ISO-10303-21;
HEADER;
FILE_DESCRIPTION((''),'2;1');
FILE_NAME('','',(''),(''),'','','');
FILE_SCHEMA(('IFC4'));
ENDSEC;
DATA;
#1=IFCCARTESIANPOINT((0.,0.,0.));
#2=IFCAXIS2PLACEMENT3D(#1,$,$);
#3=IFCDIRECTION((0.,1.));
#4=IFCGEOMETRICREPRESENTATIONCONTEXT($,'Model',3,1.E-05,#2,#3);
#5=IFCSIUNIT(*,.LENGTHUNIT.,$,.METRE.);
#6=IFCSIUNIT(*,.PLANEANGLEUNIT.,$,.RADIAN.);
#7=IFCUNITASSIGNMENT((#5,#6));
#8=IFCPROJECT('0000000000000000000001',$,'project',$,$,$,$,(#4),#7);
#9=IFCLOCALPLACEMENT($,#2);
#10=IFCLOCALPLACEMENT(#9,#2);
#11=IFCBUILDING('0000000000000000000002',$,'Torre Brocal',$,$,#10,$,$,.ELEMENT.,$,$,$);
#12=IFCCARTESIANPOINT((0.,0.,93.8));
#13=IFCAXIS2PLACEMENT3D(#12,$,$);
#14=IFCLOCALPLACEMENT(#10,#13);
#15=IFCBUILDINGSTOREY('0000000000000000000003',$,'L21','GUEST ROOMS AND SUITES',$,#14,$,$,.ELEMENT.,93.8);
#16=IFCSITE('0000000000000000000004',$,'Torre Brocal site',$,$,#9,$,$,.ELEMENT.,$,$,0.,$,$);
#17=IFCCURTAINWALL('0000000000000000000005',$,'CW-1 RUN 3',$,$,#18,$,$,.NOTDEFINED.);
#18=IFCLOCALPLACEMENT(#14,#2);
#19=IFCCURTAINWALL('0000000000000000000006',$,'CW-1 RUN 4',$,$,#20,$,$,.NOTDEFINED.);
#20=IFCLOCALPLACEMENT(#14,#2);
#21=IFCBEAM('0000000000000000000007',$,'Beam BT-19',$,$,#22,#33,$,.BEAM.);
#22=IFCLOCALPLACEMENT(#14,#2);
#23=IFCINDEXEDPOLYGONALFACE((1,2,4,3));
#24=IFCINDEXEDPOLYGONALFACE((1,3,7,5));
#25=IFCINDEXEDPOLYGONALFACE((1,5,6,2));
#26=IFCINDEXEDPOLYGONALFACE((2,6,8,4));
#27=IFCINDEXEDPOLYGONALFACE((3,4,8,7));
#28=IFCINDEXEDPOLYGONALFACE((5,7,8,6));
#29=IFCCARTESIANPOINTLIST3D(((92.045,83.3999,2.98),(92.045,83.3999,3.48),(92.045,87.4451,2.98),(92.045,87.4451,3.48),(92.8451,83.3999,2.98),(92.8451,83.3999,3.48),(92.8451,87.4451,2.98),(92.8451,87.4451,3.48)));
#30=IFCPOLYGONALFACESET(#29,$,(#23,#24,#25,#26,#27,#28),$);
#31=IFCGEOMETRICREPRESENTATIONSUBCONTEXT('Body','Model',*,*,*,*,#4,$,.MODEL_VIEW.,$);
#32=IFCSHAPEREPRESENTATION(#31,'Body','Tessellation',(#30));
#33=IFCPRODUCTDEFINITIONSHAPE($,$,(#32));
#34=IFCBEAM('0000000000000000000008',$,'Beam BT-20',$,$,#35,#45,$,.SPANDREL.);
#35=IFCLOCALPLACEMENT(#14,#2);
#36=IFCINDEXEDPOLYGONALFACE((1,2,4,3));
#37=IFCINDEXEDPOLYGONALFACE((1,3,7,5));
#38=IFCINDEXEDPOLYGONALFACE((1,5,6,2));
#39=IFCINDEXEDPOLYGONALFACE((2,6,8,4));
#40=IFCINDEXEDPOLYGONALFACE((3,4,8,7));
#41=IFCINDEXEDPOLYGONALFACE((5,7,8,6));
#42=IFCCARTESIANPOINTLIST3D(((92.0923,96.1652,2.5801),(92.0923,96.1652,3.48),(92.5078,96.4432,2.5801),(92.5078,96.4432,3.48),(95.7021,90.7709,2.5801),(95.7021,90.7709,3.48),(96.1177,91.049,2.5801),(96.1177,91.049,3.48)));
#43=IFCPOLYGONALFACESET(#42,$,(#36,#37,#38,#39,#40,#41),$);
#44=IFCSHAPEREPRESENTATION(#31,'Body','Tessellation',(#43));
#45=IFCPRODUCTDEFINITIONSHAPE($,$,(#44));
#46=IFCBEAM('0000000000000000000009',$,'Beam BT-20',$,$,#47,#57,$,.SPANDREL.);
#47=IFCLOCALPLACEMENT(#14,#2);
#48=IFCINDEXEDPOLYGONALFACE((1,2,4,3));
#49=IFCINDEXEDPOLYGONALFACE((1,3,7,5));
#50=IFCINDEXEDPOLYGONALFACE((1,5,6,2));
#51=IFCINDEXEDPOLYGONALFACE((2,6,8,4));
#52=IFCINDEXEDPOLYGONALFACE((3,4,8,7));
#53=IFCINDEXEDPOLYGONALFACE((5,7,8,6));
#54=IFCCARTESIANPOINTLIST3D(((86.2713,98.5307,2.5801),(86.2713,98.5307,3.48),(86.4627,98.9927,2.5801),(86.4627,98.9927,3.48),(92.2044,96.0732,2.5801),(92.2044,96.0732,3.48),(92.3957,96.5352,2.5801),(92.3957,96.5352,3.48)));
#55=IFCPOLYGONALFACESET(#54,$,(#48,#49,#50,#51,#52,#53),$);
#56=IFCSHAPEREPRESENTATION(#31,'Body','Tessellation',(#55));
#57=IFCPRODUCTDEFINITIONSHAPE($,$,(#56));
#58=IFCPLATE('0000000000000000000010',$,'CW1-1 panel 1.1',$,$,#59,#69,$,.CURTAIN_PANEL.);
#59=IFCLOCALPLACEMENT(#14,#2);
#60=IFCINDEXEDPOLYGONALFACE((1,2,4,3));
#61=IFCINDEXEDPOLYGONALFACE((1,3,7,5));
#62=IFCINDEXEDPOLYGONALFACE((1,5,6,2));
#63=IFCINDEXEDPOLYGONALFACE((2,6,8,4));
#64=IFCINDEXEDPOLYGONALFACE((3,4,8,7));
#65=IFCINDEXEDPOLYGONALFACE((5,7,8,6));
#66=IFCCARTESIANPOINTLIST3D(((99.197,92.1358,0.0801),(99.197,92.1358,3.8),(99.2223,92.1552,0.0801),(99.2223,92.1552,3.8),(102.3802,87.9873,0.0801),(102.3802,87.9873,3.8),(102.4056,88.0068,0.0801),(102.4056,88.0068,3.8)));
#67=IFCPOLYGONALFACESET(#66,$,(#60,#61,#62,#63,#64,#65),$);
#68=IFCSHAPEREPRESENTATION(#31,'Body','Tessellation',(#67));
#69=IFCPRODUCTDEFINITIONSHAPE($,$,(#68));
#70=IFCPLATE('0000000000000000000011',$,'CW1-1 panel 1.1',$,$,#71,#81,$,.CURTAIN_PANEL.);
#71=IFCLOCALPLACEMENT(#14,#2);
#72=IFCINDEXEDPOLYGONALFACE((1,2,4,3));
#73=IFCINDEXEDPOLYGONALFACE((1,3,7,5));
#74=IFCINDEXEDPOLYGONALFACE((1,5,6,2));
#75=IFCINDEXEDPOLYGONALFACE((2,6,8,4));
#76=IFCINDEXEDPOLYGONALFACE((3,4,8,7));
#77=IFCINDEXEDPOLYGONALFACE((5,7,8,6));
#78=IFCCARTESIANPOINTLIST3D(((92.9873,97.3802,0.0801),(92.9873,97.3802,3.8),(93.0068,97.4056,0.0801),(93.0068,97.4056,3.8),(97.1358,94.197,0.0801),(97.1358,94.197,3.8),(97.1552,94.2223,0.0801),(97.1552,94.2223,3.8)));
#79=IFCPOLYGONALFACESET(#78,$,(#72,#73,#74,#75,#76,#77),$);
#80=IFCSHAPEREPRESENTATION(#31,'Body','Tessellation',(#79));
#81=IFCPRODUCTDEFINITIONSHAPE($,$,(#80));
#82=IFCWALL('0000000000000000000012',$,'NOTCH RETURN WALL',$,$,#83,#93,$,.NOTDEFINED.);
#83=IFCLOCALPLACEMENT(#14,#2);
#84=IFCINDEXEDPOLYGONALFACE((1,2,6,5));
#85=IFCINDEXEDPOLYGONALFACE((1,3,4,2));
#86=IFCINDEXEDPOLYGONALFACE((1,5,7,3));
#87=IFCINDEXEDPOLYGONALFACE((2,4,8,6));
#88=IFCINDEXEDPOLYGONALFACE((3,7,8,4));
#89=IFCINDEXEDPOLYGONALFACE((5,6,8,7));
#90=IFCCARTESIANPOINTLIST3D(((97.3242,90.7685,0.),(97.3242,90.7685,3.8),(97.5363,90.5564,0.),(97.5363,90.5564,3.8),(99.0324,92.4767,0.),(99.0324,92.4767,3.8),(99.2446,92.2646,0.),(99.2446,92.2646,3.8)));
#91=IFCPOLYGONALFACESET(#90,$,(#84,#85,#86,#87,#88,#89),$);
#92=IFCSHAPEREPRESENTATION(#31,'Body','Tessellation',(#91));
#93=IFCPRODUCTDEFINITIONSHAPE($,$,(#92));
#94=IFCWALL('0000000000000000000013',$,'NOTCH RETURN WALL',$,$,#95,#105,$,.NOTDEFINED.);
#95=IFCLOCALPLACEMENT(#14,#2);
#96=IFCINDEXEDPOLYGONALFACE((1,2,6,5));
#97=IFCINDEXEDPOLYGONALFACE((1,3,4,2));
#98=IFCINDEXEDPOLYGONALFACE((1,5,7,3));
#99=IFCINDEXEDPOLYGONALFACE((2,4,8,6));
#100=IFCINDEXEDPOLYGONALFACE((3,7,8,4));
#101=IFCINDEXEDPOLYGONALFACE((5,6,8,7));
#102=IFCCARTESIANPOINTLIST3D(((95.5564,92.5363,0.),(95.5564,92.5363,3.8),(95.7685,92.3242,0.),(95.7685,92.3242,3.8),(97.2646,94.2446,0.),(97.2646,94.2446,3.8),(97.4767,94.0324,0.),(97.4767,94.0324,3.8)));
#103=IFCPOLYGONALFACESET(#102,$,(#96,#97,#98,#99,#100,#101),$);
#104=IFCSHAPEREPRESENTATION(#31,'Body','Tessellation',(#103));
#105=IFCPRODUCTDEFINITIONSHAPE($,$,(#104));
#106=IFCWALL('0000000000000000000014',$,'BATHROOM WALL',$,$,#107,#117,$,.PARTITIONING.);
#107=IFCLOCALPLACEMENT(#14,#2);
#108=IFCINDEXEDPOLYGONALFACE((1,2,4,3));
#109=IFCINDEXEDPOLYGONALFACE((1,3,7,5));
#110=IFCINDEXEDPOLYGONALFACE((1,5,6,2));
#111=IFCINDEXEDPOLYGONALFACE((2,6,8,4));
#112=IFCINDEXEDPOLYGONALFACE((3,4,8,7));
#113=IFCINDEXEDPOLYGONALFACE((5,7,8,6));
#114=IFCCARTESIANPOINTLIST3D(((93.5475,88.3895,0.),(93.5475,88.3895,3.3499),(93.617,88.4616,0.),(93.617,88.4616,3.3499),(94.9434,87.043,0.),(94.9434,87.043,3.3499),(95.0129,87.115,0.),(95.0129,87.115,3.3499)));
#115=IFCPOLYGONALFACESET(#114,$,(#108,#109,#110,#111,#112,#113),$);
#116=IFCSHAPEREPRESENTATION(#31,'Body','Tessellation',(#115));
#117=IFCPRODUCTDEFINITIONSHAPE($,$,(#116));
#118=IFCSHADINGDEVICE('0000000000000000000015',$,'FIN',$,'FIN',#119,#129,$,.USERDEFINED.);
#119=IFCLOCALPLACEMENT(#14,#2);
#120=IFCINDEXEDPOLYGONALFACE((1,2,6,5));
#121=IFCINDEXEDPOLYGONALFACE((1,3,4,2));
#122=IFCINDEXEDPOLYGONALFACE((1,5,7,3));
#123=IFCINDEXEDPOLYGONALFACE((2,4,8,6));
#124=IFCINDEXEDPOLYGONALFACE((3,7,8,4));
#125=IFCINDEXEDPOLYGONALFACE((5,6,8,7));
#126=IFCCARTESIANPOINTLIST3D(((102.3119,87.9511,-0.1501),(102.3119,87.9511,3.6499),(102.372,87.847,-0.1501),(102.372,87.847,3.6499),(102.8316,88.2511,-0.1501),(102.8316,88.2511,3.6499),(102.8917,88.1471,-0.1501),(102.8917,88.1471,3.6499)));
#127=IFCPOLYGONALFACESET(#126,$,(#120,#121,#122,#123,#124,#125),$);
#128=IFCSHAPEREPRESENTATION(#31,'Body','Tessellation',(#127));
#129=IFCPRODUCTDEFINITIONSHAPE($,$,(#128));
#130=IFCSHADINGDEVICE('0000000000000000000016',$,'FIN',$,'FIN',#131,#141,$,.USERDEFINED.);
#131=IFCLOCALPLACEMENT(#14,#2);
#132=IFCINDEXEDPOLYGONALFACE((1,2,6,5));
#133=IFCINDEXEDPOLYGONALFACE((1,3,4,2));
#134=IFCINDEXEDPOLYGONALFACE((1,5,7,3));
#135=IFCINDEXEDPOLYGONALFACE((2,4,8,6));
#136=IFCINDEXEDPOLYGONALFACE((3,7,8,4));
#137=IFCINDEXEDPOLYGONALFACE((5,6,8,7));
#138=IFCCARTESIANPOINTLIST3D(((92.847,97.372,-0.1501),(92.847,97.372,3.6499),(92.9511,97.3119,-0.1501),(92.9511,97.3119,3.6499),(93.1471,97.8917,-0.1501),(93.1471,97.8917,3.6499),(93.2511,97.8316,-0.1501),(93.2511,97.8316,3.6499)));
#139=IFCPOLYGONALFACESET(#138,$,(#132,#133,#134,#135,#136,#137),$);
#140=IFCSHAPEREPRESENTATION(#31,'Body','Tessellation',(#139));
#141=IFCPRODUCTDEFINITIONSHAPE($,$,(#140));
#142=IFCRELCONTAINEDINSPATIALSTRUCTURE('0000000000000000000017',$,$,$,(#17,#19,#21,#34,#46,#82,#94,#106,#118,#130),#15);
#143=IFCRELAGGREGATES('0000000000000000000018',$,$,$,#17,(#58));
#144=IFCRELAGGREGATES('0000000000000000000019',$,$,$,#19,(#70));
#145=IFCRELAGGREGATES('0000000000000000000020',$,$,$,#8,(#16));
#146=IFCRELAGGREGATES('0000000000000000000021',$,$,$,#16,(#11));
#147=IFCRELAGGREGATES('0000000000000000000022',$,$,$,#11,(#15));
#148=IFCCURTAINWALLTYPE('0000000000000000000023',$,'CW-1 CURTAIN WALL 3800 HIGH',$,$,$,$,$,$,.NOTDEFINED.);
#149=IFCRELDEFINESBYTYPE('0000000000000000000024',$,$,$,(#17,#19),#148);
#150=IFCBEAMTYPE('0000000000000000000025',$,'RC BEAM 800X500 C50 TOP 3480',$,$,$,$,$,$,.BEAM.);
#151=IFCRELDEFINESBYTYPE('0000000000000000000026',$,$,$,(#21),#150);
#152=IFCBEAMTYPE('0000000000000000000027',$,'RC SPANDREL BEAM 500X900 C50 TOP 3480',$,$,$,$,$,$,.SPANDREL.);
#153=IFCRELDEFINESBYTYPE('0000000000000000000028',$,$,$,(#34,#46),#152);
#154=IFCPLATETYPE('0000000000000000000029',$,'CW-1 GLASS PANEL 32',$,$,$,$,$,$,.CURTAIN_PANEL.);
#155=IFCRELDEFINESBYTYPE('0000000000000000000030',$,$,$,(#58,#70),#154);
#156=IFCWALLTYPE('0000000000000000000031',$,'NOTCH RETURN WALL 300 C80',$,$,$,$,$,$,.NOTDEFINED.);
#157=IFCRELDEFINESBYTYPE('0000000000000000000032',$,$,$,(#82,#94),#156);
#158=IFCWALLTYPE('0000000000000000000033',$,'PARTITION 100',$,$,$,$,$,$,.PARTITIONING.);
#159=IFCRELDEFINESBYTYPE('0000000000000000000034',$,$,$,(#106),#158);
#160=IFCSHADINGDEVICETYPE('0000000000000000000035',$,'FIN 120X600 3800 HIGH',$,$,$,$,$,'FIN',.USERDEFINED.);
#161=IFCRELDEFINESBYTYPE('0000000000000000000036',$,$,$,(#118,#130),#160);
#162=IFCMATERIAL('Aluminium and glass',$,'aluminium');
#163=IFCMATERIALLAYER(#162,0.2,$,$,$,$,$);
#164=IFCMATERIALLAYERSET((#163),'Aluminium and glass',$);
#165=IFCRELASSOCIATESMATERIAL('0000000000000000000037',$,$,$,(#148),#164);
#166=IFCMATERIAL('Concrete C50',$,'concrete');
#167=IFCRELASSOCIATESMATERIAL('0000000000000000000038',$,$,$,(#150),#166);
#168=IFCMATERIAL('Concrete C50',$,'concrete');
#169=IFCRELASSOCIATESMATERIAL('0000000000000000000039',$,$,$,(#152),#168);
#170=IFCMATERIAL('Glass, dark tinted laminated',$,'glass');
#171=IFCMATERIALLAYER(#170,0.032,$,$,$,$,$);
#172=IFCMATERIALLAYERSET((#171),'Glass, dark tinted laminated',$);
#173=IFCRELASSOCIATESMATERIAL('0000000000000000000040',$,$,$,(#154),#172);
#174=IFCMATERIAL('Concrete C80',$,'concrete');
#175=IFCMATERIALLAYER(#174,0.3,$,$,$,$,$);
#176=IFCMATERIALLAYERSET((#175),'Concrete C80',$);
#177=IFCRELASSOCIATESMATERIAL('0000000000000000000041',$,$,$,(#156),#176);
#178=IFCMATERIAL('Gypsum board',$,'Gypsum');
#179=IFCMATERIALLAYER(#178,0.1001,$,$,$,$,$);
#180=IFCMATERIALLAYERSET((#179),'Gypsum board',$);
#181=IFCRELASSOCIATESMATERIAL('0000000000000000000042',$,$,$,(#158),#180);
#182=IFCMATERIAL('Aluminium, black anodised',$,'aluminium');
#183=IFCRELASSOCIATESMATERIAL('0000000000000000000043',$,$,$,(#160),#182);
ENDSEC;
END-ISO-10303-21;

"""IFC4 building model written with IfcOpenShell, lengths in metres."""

from ifc_helpers import new_model, si_unit, direction, frame, frame_2d, origin, origin_2d, place, context, subcontext, project, spatial, rectangle, extrude, material, layer, layer_set, material_profile, profile_set, type_object, element, aggregate, save


model = new_model("IFC4")

# Units and contexts
model_context = context("Model", 3, precision=1e-05, world=origin(), true_north=direction((0.0, 1.0)))
body_context = subcontext(model_context, "Body", "Model", "MODEL_VIEW")
ifc_project = project(units=[si_unit("LENGTHUNIT", "METRE"), si_unit("PLANEANGLEUNIT", "RADIAN")], contexts=[model_context])

# Site, building, storey
site_placement = place(None, origin())
site = spatial("IfcSite", under=ifc_project, at=site_placement, Name="Torre Brocal site", CompositionType="ELEMENT", RefElevation=0.0)
building_placement = place(site_placement, origin())
building = spatial("IfcBuilding", under=site, at=building_placement, Name="Torre Brocal", CompositionType="ELEMENT")
storey_placement = place(building_placement, frame((0.0, 0.0, 93.8)))
storey = spatial("IfcBuildingStorey", under=building, at=storey_placement, Name="L21", Description="GUEST ROOMS AND SUITES", CompositionType="ELEMENT", Elevation=93.8)

# Shared definitions
ifc_material_1 = material(Name="Aluminium and glass", Category="aluminium")
ifc_layer_1 = layer(ifc_material_1, 0.2)
ifc_layer_set_1 = layer_set([ifc_layer_1], Name="Aluminium and glass")
curtain_wall_type = type_object("IfcCurtainWallType", Name="CW-1 CURTAIN WALL 3800 HIGH", PredefinedType="NOTDEFINED", material=ifc_layer_set_1)

# Curtain walls
curtain_wall_1_placement = place(storey_placement, origin())
curtain_wall_1 = element("IfcCurtainWall", 1, at=curtain_wall_1_placement, inside=storey, type_object=curtain_wall_type, Name="CW-1 RUN 3", PredefinedType="NOTDEFINED")
curtain_wall_2_placement = place(storey_placement, origin())
curtain_wall_2 = element("IfcCurtainWall", 2, at=curtain_wall_2_placement, inside=storey, type_object=curtain_wall_type, Name="CW-1 RUN 4", PredefinedType="NOTDEFINED")

# Beams
ifc_material_2 = material(Name="Concrete C50", Category="concrete")
ifc_material_profile_1 = material_profile(ifc_material_2, rectangle(XDim=0.8, YDim=0.5, at=origin_2d()), Name="RC 800X500")
ifc_profile_set_1 = profile_set([ifc_material_profile_1], Name="Concrete C50")
beam_type_1 = type_object("IfcBeamType", Name="RC BEAM 800X500 C50 TOP 3480", PredefinedType="BEAM", material=ifc_profile_set_1)
beam_1_placement = place(storey_placement, frame((92.4451, 87.4451, 3.23), z_axis=(0.0, -1.0, 0.0), x_axis=(1.0, 0.0, 0.0)))
element("IfcBeam", 3, at=beam_1_placement, inside=storey, type_object=beam_type_1, Name="Beam BT-19", PredefinedType="BEAM", context=body_context, shape_type="SweptSolid", body=[
    extrude(rectangle(XDim=0.8, YDim=0.5, at=origin_2d()), origin(), (0.0, 0.0, 1.0), 4.0452),
])
ifc_material_3 = material(Name="Concrete C50", Category="concrete")
ifc_material_profile_2 = material_profile(ifc_material_3, rectangle(XDim=0.5, YDim=0.8999, at=origin_2d()), Name="RC 500X900")
ifc_profile_set_2 = profile_set([ifc_material_profile_2], Name="Concrete C50")
beam_type_2 = type_object("IfcBeamType", Name="RC SPANDREL BEAM 500X900 C50 TOP 3480", PredefinedType="SPANDREL", material=ifc_profile_set_2)
beam_2_placement = place(storey_placement, frame((95.9099, 90.9099, 3.03), z_axis=(-0.556158, 0.831077, 0.0), x_axis=(-0.831077, -0.556158, 0.0)))
element("IfcBeam", 4, at=beam_2_placement, inside=storey, type_object=beam_type_2, Name="Beam BT-20", PredefinedType="SPANDREL", context=body_context, shape_type="SweptSolid", body=[
    extrude(rectangle(XDim=0.5, YDim=0.8999, at=origin_2d()), origin(), (0.0, 0.0, 1.0), 6.4907),
])
beam_3_placement = place(storey_placement, frame((92.3, 96.3042, 3.03), z_axis=(-0.923882, 0.382676, 0.0), x_axis=(-0.382676, -0.923882, 0.0)))
element("IfcBeam", 5, at=beam_3_placement, inside=storey, type_object=beam_type_2, Name="Beam BT-20", PredefinedType="SPANDREL", context=body_context, shape_type="SweptSolid", body=[
    extrude(rectangle(XDim=0.5, YDim=0.8999, at=origin_2d()), origin(), (0.0, 0.0, 1.0), 6.4219),
])

# Plates
ifc_material_4 = material(Name="Glass, dark tinted laminated", Category="glass")
ifc_layer_2 = layer(ifc_material_4, 0.032)
ifc_layer_set_2 = layer_set([ifc_layer_2], Name="Glass, dark tinted laminated")
plate_type = type_object("IfcPlateType", Name="CW-1 GLASS PANEL 32", PredefinedType="CURTAIN_PANEL", material=ifc_layer_set_2)
plate_1_placement = place(storey_placement, frame((100.8013, 90.0713, 0.0801), z_axis=(0.0, 0.0, 1.0), x_axis=(-0.608761, 0.793353, 0.0)))
plate_1 = element("IfcPlate", 6, at=plate_1_placement, type_object=plate_type, Name="CW1-1 panel 1.1", PredefinedType="CURTAIN_PANEL", context=body_context, shape_type="SweptSolid", body=[
    extrude(rectangle(XDim=5.229, YDim=0.032, at=origin_2d()), origin(), (0.0, 0.0, 1.0), 3.72),
])
aggregate(curtain_wall_1, [plate_1])
plate_2_placement = place(storey_placement, frame((95.0713, 95.8013, 0.0801), z_axis=(0.0, 0.0, 1.0), x_axis=(-0.793353, 0.608761, 0.0)))
plate_2 = element("IfcPlate", 7, at=plate_2_placement, type_object=plate_type, Name="CW1-1 panel 1.1", PredefinedType="CURTAIN_PANEL", context=body_context, shape_type="SweptSolid", body=[
    extrude(rectangle(XDim=5.229, YDim=0.032, at=origin_2d()), origin(), (0.0, 0.0, 1.0), 3.72),
])
aggregate(curtain_wall_2, [plate_2])

# Walls
ifc_material_5 = material(Name="Concrete C80", Category="concrete")
ifc_layer_3 = layer(ifc_material_5, 0.3)
ifc_layer_set_3 = layer_set([ifc_layer_3], Name="Concrete C80")
wall_type_1 = type_object("IfcWallType", Name="NOTCH RETURN WALL 300 C80", PredefinedType="NOTDEFINED", material=ifc_layer_set_3)
for number, where, z_axis, x_axis, name in (
    (8, (97.4302, 90.6624, 0.0), (0.0, 0.0, 1.0), (0.707107, 0.707107, 0.0), "NOTCH RETURN WALL"),
    (9, (95.6624, 92.4302, 0.0), (0.0, 0.0, 1.0), (0.707107, 0.707107, 0.0), "NOTCH RETURN WALL"),
):
    element("IfcWall", number, at=place(storey_placement, frame(where, z_axis=z_axis, x_axis=x_axis)), inside=storey, type_object=wall_type_1, Name=name, PredefinedType="NOTDEFINED", context=body_context, shape_type="SweptSolid", body=[
        extrude(rectangle(XDim=2.4158, YDim=0.3, at=frame_2d((1.208, 0.0))), origin(), (0.0, 0.0, 1.0), 3.8),
    ])
ifc_material_6 = material(Name="Gypsum board", Category="Gypsum")
ifc_layer_4 = layer(ifc_material_6, 0.1001)
ifc_layer_set_4 = layer_set([ifc_layer_4], Name="Gypsum board")
wall_type_2 = type_object("IfcWallType", Name="PARTITION 100", PredefinedType="PARTITIONING", material=ifc_layer_set_4)
wall_placement = place(storey_placement, frame((93.5823, 88.4255, 0.0), z_axis=(0.0, 0.0, 1.0), x_axis=(0.719707, -0.694278, 0.0)))
element("IfcWall", 10, at=wall_placement, inside=storey, type_object=wall_type_2, Name="BATHROOM WALL", PredefinedType="PARTITIONING", context=body_context, shape_type="SweptSolid", body=[
    extrude(rectangle(XDim=1.9395, YDim=0.1001, at=frame_2d((0.9697, 0.0))), origin(), (0.0, 0.0, 1.0), 3.3499),
])

# Shading devices
ifc_material_7 = material(Name="Aluminium, black anodised", Category="aluminium")
ifc_material_profile_3 = material_profile(ifc_material_7, rectangle(XDim=0.1201, YDim=0.6001, at=origin_2d()), Name="FIN 120X600 3800 HIGH")
ifc_profile_set_3 = profile_set([ifc_material_profile_3], Name="Aluminium, black anodised")
shading_device_type = type_object("IfcShadingDeviceType", Name="FIN 120X600 3800 HIGH", ElementType="FIN", PredefinedType="USERDEFINED", material=ifc_profile_set_3)
for number, where, z_axis, x_axis, name in (
    (11, (102.6018, 88.0491, -0.1501), (0.0, 0.0, 1.0), (-0.5, 0.866025, 0.0), "FIN"),
    (12, (93.0491, 97.6018, -0.1501), (0.0, 0.0, 1.0), (-0.866025, 0.5, 0.0), "FIN"),
):
    element("IfcShadingDevice", number, at=place(storey_placement, frame(where, z_axis=z_axis, x_axis=x_axis)), inside=storey, type_object=shading_device_type, Name=name, ObjectType="FIN", PredefinedType="USERDEFINED", context=body_context, shape_type="SweptSolid", body=[
        extrude(rectangle(XDim=0.1201, YDim=0.6001, at=origin_2d()), origin(), (0.0, 0.0, 1.0), 3.8),
    ])

save(model, "model.ifc")
